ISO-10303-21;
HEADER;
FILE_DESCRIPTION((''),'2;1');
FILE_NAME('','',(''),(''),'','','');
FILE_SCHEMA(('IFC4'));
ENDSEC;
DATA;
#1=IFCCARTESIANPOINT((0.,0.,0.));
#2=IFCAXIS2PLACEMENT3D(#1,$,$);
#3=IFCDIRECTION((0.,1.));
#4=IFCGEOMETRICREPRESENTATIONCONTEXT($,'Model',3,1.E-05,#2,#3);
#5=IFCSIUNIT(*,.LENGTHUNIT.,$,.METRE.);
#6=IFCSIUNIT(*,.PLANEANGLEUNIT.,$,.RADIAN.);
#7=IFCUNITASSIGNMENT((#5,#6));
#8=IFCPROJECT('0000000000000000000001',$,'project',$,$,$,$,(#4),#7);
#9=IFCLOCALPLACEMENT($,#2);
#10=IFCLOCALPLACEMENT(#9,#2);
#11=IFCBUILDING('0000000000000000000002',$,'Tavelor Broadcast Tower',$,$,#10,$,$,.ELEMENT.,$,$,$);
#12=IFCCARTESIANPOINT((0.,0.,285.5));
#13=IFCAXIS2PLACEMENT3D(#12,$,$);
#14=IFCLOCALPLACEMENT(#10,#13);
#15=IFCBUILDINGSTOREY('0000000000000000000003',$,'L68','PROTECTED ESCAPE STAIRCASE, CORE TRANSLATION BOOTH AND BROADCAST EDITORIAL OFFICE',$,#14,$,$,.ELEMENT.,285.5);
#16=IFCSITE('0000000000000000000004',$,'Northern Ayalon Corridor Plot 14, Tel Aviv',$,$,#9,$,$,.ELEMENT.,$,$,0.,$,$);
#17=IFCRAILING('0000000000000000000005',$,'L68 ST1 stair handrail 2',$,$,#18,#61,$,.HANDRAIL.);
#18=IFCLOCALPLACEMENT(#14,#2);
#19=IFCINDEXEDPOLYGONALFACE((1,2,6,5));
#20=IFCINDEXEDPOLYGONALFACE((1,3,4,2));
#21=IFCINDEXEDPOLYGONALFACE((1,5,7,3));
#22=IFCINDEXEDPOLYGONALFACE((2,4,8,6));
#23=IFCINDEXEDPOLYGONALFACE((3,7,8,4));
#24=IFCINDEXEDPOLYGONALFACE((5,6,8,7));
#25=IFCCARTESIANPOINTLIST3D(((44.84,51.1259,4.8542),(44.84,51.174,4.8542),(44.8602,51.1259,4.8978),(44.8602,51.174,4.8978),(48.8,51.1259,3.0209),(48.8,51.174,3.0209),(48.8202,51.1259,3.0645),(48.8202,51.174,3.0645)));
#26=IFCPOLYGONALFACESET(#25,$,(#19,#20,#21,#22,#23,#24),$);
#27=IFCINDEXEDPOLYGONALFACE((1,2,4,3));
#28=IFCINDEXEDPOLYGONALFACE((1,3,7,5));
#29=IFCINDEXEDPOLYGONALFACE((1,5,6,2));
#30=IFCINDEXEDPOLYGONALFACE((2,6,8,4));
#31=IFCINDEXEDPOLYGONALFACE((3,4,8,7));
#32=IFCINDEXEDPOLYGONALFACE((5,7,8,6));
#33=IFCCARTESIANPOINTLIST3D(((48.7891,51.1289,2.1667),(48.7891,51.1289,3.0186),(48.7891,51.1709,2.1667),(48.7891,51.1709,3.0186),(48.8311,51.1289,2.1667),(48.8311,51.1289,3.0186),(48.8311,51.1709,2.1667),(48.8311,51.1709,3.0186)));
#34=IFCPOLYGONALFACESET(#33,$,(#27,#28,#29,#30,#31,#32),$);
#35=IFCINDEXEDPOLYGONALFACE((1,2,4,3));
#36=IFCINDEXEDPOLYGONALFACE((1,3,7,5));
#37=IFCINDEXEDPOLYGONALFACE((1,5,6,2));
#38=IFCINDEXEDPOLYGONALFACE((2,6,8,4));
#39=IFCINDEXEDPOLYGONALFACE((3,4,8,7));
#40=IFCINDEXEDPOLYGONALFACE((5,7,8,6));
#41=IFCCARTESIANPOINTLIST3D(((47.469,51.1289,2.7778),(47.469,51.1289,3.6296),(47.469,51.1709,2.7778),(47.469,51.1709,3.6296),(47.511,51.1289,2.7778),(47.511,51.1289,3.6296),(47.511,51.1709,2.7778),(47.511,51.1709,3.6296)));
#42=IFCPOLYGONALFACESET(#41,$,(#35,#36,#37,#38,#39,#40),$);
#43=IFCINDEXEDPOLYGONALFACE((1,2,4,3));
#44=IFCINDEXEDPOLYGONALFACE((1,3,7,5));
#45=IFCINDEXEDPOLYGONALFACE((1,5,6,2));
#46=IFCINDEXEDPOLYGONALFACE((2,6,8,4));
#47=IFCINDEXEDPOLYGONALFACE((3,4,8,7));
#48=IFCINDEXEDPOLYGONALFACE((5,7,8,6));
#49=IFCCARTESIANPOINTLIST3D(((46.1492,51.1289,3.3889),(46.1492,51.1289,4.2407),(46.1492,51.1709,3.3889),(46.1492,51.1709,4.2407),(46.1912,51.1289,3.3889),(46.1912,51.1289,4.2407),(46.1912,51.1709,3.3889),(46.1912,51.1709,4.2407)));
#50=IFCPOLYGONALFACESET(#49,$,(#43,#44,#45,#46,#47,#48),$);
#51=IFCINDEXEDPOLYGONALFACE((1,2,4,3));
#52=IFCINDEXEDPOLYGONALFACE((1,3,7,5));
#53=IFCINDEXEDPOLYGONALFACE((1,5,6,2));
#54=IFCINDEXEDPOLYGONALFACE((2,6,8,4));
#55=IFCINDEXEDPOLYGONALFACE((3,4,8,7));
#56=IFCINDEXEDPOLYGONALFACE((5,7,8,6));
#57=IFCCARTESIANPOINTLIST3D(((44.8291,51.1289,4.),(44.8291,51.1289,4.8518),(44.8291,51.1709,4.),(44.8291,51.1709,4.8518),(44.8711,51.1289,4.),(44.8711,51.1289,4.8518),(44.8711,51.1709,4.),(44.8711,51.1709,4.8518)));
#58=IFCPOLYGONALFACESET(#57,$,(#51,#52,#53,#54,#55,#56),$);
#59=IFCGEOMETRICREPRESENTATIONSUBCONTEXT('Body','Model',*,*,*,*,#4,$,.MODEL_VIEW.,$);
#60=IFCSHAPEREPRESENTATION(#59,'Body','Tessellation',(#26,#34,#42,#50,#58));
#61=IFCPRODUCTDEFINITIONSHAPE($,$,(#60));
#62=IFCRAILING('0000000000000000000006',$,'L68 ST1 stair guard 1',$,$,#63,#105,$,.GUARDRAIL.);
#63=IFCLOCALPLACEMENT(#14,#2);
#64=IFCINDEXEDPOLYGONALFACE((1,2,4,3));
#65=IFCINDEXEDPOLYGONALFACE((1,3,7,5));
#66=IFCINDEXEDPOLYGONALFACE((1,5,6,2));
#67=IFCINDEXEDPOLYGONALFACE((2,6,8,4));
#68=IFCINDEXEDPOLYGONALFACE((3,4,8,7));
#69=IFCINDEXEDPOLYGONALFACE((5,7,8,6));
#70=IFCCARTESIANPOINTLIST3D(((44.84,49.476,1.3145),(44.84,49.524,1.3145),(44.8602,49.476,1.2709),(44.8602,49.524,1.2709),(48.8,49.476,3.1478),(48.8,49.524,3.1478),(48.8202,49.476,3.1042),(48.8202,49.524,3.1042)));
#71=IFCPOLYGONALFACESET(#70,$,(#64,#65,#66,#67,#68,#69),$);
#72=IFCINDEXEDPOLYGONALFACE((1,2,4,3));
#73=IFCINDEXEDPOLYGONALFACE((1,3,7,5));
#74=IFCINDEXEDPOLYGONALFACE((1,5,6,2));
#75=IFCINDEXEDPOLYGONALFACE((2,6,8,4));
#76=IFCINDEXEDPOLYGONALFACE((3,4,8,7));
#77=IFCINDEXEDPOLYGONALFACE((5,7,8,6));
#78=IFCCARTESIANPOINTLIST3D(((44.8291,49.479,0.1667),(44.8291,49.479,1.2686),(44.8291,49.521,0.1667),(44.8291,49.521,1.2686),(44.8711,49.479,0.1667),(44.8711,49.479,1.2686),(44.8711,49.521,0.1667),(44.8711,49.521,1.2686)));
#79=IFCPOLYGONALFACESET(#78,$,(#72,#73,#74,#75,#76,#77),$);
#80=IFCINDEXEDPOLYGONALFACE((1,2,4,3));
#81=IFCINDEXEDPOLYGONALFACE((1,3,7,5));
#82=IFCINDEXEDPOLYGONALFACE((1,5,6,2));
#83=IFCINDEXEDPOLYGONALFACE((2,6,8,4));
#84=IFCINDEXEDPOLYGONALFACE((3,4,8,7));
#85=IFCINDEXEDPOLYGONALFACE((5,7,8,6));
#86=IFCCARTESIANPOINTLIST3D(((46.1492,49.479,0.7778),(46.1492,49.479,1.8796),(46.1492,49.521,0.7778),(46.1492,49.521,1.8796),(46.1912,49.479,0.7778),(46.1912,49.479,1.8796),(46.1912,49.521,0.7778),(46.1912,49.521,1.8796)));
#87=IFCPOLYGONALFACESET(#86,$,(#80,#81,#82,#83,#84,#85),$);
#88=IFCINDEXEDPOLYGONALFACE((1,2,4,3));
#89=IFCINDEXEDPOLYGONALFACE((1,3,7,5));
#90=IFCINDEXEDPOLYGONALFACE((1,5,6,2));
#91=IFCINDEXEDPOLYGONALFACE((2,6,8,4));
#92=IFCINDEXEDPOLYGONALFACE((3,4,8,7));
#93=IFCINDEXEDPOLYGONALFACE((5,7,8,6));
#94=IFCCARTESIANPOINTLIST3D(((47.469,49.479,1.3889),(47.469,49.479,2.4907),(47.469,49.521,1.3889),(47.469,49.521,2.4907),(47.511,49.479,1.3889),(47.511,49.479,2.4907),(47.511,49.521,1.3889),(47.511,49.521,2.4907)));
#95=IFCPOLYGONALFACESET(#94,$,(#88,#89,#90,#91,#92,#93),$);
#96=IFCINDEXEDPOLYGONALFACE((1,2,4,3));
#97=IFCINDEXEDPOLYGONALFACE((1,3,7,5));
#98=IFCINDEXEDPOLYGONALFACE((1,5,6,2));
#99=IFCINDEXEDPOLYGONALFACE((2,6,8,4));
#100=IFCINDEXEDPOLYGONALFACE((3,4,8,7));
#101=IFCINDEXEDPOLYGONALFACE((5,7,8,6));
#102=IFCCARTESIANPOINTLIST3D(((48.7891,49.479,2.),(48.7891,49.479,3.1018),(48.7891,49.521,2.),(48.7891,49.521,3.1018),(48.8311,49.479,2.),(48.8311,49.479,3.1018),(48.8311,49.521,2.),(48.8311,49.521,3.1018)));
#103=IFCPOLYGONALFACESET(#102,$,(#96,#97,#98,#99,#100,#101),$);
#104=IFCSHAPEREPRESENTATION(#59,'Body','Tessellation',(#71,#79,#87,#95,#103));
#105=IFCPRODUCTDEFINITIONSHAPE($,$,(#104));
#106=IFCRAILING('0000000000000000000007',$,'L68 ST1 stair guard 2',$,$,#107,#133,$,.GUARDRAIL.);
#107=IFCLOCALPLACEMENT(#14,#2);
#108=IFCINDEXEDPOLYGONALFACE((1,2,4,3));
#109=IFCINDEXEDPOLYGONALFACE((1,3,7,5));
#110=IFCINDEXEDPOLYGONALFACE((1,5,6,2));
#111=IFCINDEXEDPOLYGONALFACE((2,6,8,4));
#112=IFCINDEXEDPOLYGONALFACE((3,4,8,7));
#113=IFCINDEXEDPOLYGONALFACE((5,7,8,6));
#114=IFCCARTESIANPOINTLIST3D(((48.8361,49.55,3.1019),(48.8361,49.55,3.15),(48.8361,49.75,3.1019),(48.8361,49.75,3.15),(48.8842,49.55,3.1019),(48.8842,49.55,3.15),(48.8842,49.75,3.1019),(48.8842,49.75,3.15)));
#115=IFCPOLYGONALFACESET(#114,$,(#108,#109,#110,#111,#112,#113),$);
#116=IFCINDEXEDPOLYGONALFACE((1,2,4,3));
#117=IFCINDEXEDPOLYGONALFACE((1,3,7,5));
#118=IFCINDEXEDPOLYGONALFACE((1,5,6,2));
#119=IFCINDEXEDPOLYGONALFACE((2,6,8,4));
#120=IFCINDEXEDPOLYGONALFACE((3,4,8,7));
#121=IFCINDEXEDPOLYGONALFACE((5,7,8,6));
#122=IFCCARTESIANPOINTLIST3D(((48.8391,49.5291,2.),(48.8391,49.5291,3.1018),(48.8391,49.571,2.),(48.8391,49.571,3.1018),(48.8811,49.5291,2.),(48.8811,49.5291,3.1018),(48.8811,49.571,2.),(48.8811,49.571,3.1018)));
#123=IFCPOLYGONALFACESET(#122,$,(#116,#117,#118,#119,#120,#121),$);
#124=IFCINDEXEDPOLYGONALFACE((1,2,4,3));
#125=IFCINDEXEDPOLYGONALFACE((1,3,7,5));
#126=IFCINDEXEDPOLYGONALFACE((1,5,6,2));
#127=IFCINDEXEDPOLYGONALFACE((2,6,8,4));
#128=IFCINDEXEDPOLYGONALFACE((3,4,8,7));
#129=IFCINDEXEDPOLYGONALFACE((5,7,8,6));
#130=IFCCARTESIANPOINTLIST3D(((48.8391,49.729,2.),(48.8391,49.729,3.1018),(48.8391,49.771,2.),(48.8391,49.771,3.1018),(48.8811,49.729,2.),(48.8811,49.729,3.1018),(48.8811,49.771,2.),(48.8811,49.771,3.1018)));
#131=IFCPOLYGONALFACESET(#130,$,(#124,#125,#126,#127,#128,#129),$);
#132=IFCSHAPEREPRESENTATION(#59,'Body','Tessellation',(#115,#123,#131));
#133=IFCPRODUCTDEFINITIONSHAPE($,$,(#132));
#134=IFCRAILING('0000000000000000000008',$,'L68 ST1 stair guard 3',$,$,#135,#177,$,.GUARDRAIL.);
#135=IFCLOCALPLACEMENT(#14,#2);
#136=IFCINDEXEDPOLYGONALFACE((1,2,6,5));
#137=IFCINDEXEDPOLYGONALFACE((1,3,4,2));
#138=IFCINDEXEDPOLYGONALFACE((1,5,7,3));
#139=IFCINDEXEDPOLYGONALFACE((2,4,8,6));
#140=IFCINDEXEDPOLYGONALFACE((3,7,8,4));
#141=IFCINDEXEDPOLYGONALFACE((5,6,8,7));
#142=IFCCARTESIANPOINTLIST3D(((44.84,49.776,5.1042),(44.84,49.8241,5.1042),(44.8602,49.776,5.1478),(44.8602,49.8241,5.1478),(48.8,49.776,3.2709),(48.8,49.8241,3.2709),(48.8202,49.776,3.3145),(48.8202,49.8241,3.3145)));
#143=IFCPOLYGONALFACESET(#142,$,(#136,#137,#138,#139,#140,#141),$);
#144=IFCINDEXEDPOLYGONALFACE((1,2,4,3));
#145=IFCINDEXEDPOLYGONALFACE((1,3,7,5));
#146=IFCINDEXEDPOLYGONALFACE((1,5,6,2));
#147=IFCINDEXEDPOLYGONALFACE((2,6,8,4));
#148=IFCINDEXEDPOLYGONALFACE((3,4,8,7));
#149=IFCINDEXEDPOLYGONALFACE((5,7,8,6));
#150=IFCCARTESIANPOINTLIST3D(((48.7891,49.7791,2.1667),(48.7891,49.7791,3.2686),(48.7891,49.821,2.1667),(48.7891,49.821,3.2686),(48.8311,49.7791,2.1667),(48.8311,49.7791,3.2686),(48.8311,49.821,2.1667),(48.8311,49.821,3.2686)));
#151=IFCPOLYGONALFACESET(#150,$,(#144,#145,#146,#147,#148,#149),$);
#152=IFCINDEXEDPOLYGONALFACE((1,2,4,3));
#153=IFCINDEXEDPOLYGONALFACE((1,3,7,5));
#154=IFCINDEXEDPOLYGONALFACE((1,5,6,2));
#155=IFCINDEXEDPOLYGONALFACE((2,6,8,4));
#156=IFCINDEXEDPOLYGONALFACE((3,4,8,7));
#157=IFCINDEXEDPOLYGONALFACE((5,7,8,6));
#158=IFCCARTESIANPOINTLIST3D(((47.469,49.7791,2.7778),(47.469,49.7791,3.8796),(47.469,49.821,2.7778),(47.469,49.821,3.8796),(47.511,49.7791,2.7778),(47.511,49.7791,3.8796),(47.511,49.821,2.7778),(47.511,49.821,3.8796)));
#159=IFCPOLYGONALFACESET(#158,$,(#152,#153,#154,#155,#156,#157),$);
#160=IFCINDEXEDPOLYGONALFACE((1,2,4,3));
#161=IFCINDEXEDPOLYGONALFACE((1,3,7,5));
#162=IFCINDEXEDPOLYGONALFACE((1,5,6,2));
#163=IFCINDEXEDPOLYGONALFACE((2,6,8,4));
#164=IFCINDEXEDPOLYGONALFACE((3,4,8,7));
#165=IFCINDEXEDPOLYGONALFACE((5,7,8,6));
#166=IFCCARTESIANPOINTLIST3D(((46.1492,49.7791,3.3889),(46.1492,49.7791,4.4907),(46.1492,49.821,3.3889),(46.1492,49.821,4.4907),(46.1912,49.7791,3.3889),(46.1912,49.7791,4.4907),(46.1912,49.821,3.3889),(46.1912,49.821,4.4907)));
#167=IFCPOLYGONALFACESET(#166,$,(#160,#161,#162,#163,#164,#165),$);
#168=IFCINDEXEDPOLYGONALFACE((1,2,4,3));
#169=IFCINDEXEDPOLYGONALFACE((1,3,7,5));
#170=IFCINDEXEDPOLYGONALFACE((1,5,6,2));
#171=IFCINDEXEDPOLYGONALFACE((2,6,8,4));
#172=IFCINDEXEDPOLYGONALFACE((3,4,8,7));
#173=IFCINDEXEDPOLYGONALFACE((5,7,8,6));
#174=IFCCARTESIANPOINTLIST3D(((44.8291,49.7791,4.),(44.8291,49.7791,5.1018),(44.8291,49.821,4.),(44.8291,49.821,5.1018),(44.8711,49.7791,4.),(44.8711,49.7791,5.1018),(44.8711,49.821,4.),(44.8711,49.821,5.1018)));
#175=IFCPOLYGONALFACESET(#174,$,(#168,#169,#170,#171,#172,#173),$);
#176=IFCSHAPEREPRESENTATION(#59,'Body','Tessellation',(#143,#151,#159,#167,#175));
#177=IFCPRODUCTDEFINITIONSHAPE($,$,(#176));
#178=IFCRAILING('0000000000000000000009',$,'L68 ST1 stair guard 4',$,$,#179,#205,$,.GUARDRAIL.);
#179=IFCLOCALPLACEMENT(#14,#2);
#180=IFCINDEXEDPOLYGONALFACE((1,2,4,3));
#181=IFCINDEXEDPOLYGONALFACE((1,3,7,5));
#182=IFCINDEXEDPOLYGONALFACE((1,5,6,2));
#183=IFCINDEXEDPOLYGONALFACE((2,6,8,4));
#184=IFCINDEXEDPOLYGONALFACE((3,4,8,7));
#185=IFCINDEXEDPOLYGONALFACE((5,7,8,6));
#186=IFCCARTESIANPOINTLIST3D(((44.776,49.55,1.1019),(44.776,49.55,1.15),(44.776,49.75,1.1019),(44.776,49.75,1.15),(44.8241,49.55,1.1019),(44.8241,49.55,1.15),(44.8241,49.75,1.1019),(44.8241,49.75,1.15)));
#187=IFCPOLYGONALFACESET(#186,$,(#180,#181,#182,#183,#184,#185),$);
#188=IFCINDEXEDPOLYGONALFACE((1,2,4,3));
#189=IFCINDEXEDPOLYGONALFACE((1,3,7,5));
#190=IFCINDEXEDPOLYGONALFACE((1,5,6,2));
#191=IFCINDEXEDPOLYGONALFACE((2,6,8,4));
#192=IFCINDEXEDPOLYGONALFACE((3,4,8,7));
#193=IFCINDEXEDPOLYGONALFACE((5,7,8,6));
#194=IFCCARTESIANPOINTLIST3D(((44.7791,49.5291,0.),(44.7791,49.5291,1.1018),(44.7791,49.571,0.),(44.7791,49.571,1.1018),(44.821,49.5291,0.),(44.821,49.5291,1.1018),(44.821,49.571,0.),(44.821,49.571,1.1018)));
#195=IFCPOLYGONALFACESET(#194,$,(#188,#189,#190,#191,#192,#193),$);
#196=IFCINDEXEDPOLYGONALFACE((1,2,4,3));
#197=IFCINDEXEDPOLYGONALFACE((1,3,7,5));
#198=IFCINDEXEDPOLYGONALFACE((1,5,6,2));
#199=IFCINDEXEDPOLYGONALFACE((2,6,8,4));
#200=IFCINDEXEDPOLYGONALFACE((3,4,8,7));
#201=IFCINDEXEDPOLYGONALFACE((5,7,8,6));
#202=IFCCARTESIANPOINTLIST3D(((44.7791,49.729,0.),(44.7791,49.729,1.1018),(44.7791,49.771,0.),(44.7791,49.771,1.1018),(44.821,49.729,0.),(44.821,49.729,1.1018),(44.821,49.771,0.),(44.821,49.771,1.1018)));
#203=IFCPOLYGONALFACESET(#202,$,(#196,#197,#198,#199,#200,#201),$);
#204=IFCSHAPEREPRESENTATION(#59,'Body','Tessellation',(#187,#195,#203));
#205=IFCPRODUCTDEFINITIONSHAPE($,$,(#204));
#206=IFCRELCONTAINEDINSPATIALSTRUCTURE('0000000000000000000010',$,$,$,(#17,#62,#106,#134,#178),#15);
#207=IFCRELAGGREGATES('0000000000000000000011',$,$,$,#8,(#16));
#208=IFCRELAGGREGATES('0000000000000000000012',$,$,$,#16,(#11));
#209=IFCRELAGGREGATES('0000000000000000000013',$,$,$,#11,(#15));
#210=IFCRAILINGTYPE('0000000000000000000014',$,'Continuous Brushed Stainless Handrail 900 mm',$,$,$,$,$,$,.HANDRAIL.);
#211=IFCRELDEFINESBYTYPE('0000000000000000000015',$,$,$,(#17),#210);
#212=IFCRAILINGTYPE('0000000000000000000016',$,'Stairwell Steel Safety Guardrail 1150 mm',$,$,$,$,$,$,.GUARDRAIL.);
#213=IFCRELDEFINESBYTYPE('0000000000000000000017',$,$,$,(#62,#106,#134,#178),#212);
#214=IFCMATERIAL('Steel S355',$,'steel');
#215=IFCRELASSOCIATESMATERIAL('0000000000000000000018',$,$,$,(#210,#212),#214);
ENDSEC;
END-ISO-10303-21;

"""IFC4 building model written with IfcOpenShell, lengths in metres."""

from ifc_helpers import new_model, si_unit, direction, frame, origin, origin_2d, place, context, subcontext, project, spatial, rectangle, extrude, material, type_object, element, save


model = new_model("IFC4")

# Units and contexts
model_context = context("Model", 3, precision=1e-05, world=origin(), true_north=direction((0.0, 1.0)))
body_context = subcontext(model_context, "Body", "Model", "MODEL_VIEW")
ifc_project = project(units=[si_unit("LENGTHUNIT", "METRE"), si_unit("PLANEANGLEUNIT", "RADIAN")], contexts=[model_context])

# Site, building, storey
site_placement = place(None, origin())
site = spatial("IfcSite", under=ifc_project, at=site_placement, Name="Northern Ayalon Corridor Plot 14, Tel Aviv", CompositionType="ELEMENT", RefElevation=0.0)
building_placement = place(site_placement, origin())
building = spatial("IfcBuilding", under=site, at=building_placement, Name="Tavelor Broadcast Tower", CompositionType="ELEMENT")
storey_placement = place(building_placement, frame((0.0, 0.0, 285.5)))
storey = spatial("IfcBuildingStorey", under=building, at=storey_placement, Name="L68", Description="PROTECTED ESCAPE STAIRCASE, CORE TRANSLATION BOOTH AND BROADCAST EDITORIAL OFFICE", CompositionType="ELEMENT", Elevation=285.5)

# Shared definitions
ifc_material_1 = material(Name="Steel S355", Category="steel")

# Railings
railing_type_1 = type_object("IfcRailingType", Name="Continuous Brushed Stainless Handrail 900 mm", PredefinedType="HANDRAIL", material=ifc_material_1)
railing_1_placement = place(storey_placement, frame((48.8101, 51.1499, 2.1667)))
element("IfcRailing", 1, at=railing_1_placement, inside=storey, type_object=railing_type_1, Name="L68 ST1 stair handrail 2", PredefinedType="HANDRAIL", context=body_context, shape_type="SweptSolid", body=[
    extrude(rectangle(XDim=0.0481, YDim=0.0481, at=origin_2d()), frame((0.0, 0.0, 0.876), z_axis=(-0.907472, 0.0, 0.420112), x_axis=(0.0, -1.0, 0.0)), (0.0, 0.0, 1.0), 4.3638),
    extrude(rectangle(XDim=0.042, YDim=0.042, at=origin_2d()), origin(), (0.0, 0.0, 1.0), 0.8518),
    extrude(rectangle(XDim=0.042, YDim=0.042, at=origin_2d()), frame((-1.3201, 0.0, 0.6111)), (0.0, 0.0, 1.0), 0.8518),
    extrude(rectangle(XDim=0.042, YDim=0.042, at=origin_2d()), frame((-2.6399, 0.0, 1.2222)), (0.0, 0.0, 1.0), 0.8518),
    extrude(rectangle(XDim=0.042, YDim=0.042, at=origin_2d()), frame((-3.96, 0.0, 1.8333)), (0.0, 0.0, 1.0), 0.8518),
])
railing_type_2 = type_object("IfcRailingType", Name="Stairwell Steel Safety Guardrail 1150 mm", PredefinedType="GUARDRAIL", material=ifc_material_1)
railing_2_placement = place(storey_placement, frame((44.8501, 49.5, 0.1667)))
element("IfcRailing", 2, at=railing_2_placement, inside=storey, type_object=railing_type_2, Name="L68 ST1 stair guard 1", PredefinedType="GUARDRAIL", context=body_context, shape_type="SweptSolid", body=[
    extrude(rectangle(XDim=0.0481, YDim=0.0481, at=origin_2d()), frame((0.0, 0.0, 1.126), z_axis=(0.907472, 0.0, 0.420112), x_axis=(0.0, 1.0, 0.0)), (0.0, 0.0, 1.0), 4.3638),
    extrude(rectangle(XDim=0.042, YDim=0.042, at=origin_2d()), origin(), (0.0, 0.0, 1.0), 1.1018),
    extrude(rectangle(XDim=0.042, YDim=0.042, at=origin_2d()), frame((1.3201, 0.0, 0.6111)), (0.0, 0.0, 1.0), 1.1018),
    extrude(rectangle(XDim=0.042, YDim=0.042, at=origin_2d()), frame((2.6399, 0.0, 1.2222)), (0.0, 0.0, 1.0), 1.1018),
    extrude(rectangle(XDim=0.042, YDim=0.042, at=origin_2d()), frame((3.96, 0.0, 1.8333)), (0.0, 0.0, 1.0), 1.1018),
])
railing_3_placement = place(storey_placement, frame((48.8601, 49.55, 2.0)))
element("IfcRailing", 3, at=railing_3_placement, inside=storey, type_object=railing_type_2, Name="L68 ST1 stair guard 2", PredefinedType="GUARDRAIL", context=body_context, shape_type="SweptSolid", body=[
    extrude(rectangle(XDim=0.0481, YDim=0.0481, at=origin_2d()), frame((0.0, 0.0, 1.126), z_axis=(0.0, 1.0, 0.0), x_axis=(-1.0, 0.0, 0.0)), (0.0, 0.0, 1.0), 0.2),
    extrude(rectangle(XDim=0.042, YDim=0.042, at=origin_2d()), origin(), (0.0, 0.0, 1.0), 1.1018),
    extrude(rectangle(XDim=0.042, YDim=0.042, at=origin_2d()), frame((0.0, 0.2, 0.0)), (0.0, 0.0, 1.0), 1.1018),
])
railing_4_placement = place(storey_placement, frame((48.8101, 49.8, 2.1667)))
element("IfcRailing", 4, at=railing_4_placement, inside=storey, type_object=railing_type_2, Name="L68 ST1 stair guard 3", PredefinedType="GUARDRAIL", context=body_context, shape_type="SweptSolid", body=[
    extrude(rectangle(XDim=0.0481, YDim=0.0481, at=origin_2d()), frame((0.0, 0.0, 1.126), z_axis=(-0.907472, 0.0, 0.420112), x_axis=(0.0, -1.0, 0.0)), (0.0, 0.0, 1.0), 4.3638),
    extrude(rectangle(XDim=0.042, YDim=0.042, at=origin_2d()), origin(), (0.0, 0.0, 1.0), 1.1018),
    extrude(rectangle(XDim=0.042, YDim=0.042, at=origin_2d()), frame((-1.3201, 0.0, 0.6111)), (0.0, 0.0, 1.0), 1.1018),
    extrude(rectangle(XDim=0.042, YDim=0.042, at=origin_2d()), frame((-2.6399, 0.0, 1.2222)), (0.0, 0.0, 1.0), 1.1018),
    extrude(rectangle(XDim=0.042, YDim=0.042, at=origin_2d()), frame((-3.96, 0.0, 1.8333)), (0.0, 0.0, 1.0), 1.1018),
])
railing_5_placement = place(storey_placement, frame((44.8, 49.55, 0.0)))
element("IfcRailing", 5, at=railing_5_placement, inside=storey, type_object=railing_type_2, Name="L68 ST1 stair guard 4", PredefinedType="GUARDRAIL", context=body_context, shape_type="SweptSolid", body=[
    extrude(rectangle(XDim=0.0481, YDim=0.0481, at=origin_2d()), frame((0.0, 0.0, 1.126), z_axis=(0.0, 1.0, 0.0), x_axis=(-1.0, 0.0, 0.0)), (0.0, 0.0, 1.0), 0.2),
    extrude(rectangle(XDim=0.042, YDim=0.042, at=origin_2d()), origin(), (0.0, 0.0, 1.0), 1.1018),
    extrude(rectangle(XDim=0.042, YDim=0.042, at=origin_2d()), frame((0.0, 0.2, 0.0)), (0.0, 0.0, 1.0), 1.1018),
])

save(model, "model.ifc")
